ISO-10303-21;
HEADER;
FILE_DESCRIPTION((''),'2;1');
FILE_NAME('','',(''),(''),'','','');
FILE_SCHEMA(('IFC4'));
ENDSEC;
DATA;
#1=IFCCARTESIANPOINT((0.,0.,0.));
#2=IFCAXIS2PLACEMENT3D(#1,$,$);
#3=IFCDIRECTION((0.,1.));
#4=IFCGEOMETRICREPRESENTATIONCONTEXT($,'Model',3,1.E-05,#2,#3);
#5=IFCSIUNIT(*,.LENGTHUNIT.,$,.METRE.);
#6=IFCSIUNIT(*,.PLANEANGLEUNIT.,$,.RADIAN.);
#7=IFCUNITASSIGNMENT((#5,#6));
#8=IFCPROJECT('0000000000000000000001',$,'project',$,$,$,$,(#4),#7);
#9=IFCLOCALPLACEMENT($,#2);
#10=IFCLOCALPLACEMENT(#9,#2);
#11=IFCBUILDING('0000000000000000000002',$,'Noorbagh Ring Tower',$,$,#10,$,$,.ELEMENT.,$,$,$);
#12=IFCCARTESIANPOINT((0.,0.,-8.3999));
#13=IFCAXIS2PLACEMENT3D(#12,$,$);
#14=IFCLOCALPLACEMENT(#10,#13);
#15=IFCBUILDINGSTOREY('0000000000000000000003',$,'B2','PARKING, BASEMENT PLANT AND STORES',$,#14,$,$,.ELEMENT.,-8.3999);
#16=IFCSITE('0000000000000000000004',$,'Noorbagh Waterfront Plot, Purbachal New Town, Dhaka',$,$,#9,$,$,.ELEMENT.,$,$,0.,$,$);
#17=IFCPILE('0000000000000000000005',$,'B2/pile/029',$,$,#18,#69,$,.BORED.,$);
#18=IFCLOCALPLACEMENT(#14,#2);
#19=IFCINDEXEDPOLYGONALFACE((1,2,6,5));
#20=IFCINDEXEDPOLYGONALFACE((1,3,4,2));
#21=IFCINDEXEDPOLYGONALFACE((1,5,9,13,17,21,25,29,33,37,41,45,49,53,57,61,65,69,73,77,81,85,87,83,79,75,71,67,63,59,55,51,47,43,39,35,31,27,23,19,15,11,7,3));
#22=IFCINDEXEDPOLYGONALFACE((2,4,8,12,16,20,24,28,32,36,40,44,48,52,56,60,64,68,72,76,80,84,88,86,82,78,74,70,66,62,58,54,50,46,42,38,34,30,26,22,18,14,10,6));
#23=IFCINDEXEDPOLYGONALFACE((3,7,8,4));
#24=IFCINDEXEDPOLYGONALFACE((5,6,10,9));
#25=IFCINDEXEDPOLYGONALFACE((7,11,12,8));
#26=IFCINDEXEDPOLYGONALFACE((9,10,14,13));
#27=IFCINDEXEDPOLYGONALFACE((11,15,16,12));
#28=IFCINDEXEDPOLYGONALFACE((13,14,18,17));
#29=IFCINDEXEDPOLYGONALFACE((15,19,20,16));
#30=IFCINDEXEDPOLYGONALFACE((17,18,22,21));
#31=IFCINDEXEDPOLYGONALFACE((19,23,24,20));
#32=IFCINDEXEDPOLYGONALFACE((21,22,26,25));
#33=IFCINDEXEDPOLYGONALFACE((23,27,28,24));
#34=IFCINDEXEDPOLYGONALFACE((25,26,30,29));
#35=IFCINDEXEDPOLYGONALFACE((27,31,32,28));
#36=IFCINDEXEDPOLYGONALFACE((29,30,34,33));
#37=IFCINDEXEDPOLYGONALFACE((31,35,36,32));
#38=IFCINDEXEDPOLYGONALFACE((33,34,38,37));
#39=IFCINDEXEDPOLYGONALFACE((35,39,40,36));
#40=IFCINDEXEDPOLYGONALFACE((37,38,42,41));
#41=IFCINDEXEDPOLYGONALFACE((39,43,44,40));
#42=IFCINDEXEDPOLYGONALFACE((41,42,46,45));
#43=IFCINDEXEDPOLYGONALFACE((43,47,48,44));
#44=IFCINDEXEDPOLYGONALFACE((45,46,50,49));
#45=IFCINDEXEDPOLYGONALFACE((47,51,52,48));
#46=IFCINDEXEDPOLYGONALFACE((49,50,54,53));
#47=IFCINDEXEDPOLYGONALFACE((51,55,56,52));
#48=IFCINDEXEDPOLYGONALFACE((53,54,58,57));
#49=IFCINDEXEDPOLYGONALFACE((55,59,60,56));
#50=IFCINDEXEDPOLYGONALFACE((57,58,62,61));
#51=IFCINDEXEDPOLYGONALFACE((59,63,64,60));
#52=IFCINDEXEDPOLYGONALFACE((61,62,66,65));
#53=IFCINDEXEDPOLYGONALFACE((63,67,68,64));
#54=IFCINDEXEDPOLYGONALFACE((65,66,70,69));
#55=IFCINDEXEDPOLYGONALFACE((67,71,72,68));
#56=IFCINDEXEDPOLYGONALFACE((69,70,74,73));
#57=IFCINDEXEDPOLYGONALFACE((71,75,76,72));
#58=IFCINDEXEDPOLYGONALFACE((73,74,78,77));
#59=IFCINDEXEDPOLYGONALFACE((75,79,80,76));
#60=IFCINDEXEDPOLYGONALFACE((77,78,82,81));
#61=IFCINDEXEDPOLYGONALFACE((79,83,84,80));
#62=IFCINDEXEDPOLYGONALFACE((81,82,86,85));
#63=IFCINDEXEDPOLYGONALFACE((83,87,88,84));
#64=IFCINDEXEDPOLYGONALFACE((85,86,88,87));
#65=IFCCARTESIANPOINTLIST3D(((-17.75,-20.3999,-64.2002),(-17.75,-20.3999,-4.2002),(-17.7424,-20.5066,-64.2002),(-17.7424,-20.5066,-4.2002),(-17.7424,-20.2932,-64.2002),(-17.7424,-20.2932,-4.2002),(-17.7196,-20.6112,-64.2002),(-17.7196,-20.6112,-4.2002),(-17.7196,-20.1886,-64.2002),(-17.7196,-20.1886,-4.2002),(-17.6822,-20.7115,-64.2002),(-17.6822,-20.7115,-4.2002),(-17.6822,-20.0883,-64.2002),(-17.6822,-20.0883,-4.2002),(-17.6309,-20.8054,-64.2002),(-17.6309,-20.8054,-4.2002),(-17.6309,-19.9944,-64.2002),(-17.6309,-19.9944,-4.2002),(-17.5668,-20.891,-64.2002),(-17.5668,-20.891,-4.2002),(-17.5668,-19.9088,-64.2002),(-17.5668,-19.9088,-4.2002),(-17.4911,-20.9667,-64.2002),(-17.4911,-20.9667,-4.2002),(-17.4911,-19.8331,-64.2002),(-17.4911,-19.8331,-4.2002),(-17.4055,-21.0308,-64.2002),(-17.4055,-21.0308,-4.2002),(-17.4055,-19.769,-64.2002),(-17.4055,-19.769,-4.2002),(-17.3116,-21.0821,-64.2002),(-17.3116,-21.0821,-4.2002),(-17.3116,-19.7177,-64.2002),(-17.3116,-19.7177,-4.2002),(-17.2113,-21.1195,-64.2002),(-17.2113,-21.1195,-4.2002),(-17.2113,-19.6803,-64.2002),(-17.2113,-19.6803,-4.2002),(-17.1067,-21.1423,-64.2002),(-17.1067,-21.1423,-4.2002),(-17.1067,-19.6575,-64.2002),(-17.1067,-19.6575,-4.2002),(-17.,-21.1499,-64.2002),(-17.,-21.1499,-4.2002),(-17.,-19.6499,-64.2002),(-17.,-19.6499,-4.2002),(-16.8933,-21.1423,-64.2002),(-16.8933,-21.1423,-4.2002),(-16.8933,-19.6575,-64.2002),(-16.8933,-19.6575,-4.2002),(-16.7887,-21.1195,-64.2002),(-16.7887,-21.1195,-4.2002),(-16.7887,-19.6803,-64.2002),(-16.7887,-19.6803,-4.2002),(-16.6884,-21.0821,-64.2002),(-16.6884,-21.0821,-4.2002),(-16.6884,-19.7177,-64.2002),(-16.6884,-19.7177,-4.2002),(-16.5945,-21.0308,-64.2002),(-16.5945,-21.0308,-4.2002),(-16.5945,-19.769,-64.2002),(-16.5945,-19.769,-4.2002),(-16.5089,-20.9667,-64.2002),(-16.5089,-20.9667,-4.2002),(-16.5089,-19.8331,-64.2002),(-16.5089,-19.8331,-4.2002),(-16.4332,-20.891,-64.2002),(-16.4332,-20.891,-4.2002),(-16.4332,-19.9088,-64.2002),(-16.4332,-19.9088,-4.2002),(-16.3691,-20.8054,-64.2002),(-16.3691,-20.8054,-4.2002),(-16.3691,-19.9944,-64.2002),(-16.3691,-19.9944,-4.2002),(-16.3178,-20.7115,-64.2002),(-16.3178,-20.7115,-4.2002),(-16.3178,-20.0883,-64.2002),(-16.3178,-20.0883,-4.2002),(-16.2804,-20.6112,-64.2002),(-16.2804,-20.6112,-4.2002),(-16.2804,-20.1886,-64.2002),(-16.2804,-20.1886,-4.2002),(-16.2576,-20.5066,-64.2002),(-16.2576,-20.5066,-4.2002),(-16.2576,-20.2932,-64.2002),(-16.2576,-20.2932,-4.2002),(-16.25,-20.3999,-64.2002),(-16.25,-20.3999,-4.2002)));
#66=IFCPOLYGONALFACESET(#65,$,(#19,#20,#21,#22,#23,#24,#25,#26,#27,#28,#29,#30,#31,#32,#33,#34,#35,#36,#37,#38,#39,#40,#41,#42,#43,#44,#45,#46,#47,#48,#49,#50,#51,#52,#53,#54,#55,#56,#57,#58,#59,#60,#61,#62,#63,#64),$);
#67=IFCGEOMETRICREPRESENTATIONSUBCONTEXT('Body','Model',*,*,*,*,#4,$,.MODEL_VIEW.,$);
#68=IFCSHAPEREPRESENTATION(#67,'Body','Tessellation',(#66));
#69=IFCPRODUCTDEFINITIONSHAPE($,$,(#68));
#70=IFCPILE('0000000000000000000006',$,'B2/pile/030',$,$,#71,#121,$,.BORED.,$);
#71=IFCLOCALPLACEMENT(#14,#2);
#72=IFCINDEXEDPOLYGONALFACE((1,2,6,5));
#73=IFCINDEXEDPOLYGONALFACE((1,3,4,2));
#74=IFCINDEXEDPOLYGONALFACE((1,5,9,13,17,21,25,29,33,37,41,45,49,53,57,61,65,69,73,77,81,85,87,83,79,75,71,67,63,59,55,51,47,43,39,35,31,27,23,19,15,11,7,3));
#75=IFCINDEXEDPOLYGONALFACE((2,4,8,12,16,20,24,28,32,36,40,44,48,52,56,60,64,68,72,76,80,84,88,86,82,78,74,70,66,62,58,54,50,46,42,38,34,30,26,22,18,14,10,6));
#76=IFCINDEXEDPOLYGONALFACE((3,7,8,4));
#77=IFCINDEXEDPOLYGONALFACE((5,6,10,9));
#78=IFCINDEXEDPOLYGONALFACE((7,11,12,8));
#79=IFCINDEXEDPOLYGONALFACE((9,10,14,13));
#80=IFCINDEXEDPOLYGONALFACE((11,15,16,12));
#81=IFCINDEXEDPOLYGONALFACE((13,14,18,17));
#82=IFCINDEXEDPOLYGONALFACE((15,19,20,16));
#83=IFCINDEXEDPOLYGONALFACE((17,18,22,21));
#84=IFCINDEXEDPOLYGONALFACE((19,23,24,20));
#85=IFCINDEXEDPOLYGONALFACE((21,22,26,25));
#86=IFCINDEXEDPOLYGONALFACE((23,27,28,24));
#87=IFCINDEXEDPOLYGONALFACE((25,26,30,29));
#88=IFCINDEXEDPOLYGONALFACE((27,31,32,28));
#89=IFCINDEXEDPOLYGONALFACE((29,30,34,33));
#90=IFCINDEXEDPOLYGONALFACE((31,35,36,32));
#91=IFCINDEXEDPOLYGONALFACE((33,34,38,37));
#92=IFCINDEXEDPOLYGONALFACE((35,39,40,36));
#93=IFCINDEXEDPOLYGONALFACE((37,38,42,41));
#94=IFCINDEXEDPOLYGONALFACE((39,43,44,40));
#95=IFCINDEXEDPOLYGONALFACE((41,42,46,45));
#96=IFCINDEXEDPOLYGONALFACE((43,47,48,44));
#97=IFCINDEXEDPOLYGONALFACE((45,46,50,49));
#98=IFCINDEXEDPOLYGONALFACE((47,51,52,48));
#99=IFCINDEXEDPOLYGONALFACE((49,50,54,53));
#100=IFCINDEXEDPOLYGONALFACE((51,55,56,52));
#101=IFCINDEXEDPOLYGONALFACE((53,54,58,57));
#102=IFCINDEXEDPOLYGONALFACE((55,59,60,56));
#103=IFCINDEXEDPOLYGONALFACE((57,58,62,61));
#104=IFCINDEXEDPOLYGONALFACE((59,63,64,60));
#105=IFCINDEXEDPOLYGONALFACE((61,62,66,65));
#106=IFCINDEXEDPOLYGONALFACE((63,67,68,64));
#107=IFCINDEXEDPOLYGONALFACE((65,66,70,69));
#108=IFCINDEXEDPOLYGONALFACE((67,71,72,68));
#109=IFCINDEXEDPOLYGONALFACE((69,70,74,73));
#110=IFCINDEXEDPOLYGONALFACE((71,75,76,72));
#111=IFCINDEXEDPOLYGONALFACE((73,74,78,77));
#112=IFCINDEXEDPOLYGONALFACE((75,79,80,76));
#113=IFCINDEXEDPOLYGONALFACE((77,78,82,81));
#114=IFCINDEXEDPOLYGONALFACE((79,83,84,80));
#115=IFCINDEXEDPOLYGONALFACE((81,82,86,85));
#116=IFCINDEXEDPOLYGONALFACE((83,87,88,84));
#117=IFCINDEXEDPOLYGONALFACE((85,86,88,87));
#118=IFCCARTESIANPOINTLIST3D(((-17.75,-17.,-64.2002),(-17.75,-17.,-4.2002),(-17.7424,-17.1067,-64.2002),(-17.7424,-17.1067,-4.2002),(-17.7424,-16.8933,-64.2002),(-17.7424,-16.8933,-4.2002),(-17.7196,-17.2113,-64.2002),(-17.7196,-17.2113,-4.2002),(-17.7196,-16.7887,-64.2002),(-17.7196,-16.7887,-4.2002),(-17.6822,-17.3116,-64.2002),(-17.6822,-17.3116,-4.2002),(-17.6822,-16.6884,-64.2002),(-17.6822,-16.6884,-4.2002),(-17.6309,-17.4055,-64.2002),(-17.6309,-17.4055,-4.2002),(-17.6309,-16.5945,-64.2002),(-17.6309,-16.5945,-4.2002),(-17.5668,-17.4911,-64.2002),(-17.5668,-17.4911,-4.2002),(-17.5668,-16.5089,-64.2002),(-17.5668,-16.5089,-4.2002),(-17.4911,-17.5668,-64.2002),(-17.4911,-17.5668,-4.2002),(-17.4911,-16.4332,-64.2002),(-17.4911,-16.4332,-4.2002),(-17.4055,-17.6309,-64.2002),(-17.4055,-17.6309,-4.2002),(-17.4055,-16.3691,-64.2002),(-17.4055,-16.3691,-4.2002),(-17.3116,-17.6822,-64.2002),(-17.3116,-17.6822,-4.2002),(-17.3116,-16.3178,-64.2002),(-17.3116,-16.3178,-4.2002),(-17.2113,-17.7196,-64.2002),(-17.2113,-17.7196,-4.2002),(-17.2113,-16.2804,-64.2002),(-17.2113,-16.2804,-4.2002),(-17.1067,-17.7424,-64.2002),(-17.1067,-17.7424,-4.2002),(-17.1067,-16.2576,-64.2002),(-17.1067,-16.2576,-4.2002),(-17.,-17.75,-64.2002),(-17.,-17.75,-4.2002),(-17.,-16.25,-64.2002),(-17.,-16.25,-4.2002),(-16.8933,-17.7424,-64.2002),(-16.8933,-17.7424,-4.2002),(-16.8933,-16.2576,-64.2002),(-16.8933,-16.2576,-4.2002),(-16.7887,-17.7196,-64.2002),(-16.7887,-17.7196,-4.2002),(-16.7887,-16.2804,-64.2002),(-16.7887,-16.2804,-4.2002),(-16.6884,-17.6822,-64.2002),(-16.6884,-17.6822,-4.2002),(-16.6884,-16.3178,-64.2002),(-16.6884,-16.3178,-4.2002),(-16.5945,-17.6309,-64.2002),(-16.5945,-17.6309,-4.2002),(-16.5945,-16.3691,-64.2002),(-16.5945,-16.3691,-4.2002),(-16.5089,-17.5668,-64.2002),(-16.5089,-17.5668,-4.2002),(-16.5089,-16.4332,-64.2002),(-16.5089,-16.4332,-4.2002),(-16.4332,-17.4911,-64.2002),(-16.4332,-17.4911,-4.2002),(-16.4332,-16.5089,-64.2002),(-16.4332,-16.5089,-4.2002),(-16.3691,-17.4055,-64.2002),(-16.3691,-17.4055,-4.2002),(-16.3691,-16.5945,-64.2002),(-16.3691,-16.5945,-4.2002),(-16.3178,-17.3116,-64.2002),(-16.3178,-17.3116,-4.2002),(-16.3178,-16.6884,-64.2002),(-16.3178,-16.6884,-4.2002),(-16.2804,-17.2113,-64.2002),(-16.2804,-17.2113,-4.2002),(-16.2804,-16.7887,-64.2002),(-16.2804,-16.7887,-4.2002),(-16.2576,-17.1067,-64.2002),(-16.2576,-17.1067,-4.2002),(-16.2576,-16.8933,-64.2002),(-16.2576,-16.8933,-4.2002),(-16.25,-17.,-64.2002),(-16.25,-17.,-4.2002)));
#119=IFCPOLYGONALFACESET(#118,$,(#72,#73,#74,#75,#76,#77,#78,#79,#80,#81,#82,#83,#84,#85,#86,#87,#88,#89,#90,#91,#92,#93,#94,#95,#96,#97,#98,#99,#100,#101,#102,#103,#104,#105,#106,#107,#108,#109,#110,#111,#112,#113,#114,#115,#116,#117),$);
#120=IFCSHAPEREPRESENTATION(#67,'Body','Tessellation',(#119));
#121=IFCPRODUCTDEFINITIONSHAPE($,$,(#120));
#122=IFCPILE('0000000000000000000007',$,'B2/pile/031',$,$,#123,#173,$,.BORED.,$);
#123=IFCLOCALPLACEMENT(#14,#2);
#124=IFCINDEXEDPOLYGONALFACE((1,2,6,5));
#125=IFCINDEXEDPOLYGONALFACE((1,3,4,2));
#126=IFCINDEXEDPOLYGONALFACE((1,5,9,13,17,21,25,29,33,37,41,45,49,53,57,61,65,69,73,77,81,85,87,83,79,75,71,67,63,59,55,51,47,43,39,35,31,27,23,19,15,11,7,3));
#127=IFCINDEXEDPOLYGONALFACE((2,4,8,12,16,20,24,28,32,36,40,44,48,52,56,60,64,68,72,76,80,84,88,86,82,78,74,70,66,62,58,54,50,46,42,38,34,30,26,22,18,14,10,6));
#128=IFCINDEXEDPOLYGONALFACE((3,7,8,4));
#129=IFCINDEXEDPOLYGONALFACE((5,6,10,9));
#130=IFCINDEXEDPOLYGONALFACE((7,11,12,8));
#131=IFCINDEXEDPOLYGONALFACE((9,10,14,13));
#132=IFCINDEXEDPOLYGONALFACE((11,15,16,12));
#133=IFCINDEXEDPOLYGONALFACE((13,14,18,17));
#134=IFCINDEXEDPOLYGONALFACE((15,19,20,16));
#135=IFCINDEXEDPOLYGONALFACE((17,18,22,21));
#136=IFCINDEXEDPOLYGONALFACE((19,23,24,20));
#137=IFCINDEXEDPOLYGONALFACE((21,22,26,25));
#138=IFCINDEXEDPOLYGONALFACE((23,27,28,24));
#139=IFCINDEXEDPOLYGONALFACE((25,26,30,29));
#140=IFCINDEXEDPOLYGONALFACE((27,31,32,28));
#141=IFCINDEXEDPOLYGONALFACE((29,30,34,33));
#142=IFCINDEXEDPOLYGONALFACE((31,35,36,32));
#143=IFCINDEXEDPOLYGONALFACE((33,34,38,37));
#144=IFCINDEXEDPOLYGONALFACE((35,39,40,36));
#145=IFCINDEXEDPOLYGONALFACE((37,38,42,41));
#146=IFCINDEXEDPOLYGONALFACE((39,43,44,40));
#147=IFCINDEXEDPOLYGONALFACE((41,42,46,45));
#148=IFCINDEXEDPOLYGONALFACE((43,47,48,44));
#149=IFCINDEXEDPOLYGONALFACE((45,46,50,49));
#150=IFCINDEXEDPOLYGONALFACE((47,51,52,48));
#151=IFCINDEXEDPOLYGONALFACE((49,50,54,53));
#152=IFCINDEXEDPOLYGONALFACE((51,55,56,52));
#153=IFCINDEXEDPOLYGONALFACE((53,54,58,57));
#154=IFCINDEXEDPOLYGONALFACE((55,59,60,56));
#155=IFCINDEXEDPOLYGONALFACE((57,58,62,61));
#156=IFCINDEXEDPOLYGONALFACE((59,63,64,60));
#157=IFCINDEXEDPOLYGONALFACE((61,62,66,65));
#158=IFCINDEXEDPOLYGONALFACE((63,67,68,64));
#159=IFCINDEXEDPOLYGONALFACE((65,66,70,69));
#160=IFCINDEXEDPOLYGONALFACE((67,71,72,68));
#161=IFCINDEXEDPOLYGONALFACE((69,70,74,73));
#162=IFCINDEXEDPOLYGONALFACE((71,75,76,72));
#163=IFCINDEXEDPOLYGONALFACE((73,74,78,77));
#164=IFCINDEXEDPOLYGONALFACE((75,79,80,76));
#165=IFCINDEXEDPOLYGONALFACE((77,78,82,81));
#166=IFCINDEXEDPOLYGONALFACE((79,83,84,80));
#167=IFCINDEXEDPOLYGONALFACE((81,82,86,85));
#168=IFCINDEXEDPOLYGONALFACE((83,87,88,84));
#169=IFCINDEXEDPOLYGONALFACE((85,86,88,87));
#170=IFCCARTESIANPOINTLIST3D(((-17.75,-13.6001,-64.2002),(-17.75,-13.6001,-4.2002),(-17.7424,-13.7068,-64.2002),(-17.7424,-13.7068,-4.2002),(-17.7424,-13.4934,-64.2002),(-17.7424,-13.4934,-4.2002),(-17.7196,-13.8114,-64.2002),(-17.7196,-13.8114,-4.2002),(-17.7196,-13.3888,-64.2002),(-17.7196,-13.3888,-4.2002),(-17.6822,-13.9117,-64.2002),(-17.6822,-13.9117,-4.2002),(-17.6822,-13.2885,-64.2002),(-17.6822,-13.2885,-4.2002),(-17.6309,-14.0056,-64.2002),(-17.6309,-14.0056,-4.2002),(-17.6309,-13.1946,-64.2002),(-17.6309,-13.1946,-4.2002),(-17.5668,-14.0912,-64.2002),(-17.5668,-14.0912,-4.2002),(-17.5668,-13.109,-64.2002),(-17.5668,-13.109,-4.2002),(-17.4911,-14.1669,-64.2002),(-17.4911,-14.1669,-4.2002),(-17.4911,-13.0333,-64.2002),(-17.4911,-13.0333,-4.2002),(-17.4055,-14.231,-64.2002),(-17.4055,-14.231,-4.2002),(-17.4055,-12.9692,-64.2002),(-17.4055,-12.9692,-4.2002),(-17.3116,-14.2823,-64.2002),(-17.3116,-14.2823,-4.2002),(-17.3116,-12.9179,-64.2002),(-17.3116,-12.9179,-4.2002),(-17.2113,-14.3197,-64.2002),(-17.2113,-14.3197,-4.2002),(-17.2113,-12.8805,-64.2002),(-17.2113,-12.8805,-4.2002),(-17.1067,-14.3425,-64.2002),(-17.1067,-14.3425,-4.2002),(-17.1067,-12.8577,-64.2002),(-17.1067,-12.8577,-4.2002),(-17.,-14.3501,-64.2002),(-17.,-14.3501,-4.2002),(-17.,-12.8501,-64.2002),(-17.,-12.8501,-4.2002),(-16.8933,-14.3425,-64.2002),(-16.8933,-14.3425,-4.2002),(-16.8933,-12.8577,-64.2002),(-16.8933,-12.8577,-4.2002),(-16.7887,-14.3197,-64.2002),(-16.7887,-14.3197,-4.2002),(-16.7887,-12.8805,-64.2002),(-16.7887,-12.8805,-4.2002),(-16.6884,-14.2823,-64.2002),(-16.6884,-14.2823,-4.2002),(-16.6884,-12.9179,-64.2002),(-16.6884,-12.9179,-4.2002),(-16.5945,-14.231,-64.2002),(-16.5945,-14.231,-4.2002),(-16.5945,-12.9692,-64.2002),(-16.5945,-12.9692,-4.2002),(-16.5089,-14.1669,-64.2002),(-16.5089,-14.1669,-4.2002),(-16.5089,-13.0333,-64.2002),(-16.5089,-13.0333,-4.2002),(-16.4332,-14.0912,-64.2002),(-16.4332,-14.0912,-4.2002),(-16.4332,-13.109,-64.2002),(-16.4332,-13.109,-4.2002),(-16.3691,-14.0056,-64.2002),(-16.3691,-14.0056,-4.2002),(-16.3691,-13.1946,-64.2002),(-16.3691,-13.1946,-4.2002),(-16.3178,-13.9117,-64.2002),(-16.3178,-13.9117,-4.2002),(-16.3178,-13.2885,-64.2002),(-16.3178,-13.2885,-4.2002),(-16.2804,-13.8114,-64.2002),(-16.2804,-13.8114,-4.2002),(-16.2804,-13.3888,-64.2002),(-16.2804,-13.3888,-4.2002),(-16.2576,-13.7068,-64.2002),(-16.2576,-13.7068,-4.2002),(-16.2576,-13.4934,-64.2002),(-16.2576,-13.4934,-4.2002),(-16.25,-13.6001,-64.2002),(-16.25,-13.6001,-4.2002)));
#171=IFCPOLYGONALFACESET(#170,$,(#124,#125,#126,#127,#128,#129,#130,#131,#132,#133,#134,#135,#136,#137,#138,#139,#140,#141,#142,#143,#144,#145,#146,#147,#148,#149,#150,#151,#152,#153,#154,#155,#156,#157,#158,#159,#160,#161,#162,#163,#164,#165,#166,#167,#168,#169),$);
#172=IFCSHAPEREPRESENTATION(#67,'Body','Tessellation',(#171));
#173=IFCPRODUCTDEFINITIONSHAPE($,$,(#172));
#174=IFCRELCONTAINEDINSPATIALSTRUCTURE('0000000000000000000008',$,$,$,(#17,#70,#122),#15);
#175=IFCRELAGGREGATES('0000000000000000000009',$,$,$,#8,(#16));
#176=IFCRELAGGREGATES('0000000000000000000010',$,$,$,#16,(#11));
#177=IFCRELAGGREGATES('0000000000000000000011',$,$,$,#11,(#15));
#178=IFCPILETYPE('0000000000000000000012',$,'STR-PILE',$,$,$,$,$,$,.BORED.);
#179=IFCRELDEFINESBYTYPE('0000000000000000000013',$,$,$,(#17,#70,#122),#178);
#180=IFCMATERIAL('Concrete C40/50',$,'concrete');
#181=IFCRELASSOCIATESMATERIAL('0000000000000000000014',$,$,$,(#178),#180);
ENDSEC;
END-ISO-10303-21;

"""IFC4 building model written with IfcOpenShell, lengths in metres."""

from ifc_helpers import new_model, si_unit, direction, frame, origin, origin_2d, place, context, subcontext, project, spatial, circle, extrude, material, material_profile, profile_set, type_object, element, save


model = new_model("IFC4")

# Units and contexts
model_context = context("Model", 3, precision=1e-05, world=origin(), true_north=direction((0.0, 1.0)))
body_context = subcontext(model_context, "Body", "Model", "MODEL_VIEW")
ifc_project = project(units=[si_unit("LENGTHUNIT", "METRE"), si_unit("PLANEANGLEUNIT", "RADIAN")], contexts=[model_context])

# Site, building, storey
site_placement = place(None, origin())
site = spatial("IfcSite", under=ifc_project, at=site_placement, Name="Noorbagh Waterfront Plot, Purbachal New Town, Dhaka", CompositionType="ELEMENT", RefElevation=0.0)
building_placement = place(site_placement, origin())
building = spatial("IfcBuilding", under=site, at=building_placement, Name="Noorbagh Ring Tower", CompositionType="ELEMENT")
storey_placement = place(building_placement, frame((0.0, 0.0, -8.3999)))
storey = spatial("IfcBuildingStorey", under=building, at=storey_placement, Name="B2", Description="PARKING, BASEMENT PLANT AND STORES", CompositionType="ELEMENT", Elevation=-8.3999)

# Piles
ifc_material_1 = material(Name="Concrete C40/50", Category="concrete")
ifc_material_profile = material_profile(ifc_material_1, circle(Radius=0.75, at=origin_2d()), Name="PILE1500")
ifc_profile_set = profile_set([ifc_material_profile], Name="Concrete C40/50")
pile_type = type_object("IfcPileType", Name="STR-PILE", PredefinedType="BORED", material=ifc_profile_set)
for number, where, z_axis, x_axis, name in (
    (1, (-17.0, -20.3999, -4.2002), (0.0, 0.0, -1.0), (1.0, 0.0, 0.0), "B2/pile/029"),
    (2, (-17.0, -17.0, -4.2002), (0.0, 0.0, -1.0), (1.0, 0.0, 0.0), "B2/pile/030"),
    (3, (-17.0, -13.6001, -4.2002), (0.0, 0.0, -1.0), (1.0, 0.0, 0.0), "B2/pile/031"),
):
    element("IfcPile", number, at=place(storey_placement, frame(where, z_axis=z_axis, x_axis=x_axis)), inside=storey, type_object=pile_type, Name=name, PredefinedType="BORED", context=body_context, shape_type="SweptSolid", body=[
        extrude(circle(Radius=0.75, at=origin_2d()), origin(), (0.0, 0.0, 1.0), 60.0),
    ])

save(model, "model.ifc")
